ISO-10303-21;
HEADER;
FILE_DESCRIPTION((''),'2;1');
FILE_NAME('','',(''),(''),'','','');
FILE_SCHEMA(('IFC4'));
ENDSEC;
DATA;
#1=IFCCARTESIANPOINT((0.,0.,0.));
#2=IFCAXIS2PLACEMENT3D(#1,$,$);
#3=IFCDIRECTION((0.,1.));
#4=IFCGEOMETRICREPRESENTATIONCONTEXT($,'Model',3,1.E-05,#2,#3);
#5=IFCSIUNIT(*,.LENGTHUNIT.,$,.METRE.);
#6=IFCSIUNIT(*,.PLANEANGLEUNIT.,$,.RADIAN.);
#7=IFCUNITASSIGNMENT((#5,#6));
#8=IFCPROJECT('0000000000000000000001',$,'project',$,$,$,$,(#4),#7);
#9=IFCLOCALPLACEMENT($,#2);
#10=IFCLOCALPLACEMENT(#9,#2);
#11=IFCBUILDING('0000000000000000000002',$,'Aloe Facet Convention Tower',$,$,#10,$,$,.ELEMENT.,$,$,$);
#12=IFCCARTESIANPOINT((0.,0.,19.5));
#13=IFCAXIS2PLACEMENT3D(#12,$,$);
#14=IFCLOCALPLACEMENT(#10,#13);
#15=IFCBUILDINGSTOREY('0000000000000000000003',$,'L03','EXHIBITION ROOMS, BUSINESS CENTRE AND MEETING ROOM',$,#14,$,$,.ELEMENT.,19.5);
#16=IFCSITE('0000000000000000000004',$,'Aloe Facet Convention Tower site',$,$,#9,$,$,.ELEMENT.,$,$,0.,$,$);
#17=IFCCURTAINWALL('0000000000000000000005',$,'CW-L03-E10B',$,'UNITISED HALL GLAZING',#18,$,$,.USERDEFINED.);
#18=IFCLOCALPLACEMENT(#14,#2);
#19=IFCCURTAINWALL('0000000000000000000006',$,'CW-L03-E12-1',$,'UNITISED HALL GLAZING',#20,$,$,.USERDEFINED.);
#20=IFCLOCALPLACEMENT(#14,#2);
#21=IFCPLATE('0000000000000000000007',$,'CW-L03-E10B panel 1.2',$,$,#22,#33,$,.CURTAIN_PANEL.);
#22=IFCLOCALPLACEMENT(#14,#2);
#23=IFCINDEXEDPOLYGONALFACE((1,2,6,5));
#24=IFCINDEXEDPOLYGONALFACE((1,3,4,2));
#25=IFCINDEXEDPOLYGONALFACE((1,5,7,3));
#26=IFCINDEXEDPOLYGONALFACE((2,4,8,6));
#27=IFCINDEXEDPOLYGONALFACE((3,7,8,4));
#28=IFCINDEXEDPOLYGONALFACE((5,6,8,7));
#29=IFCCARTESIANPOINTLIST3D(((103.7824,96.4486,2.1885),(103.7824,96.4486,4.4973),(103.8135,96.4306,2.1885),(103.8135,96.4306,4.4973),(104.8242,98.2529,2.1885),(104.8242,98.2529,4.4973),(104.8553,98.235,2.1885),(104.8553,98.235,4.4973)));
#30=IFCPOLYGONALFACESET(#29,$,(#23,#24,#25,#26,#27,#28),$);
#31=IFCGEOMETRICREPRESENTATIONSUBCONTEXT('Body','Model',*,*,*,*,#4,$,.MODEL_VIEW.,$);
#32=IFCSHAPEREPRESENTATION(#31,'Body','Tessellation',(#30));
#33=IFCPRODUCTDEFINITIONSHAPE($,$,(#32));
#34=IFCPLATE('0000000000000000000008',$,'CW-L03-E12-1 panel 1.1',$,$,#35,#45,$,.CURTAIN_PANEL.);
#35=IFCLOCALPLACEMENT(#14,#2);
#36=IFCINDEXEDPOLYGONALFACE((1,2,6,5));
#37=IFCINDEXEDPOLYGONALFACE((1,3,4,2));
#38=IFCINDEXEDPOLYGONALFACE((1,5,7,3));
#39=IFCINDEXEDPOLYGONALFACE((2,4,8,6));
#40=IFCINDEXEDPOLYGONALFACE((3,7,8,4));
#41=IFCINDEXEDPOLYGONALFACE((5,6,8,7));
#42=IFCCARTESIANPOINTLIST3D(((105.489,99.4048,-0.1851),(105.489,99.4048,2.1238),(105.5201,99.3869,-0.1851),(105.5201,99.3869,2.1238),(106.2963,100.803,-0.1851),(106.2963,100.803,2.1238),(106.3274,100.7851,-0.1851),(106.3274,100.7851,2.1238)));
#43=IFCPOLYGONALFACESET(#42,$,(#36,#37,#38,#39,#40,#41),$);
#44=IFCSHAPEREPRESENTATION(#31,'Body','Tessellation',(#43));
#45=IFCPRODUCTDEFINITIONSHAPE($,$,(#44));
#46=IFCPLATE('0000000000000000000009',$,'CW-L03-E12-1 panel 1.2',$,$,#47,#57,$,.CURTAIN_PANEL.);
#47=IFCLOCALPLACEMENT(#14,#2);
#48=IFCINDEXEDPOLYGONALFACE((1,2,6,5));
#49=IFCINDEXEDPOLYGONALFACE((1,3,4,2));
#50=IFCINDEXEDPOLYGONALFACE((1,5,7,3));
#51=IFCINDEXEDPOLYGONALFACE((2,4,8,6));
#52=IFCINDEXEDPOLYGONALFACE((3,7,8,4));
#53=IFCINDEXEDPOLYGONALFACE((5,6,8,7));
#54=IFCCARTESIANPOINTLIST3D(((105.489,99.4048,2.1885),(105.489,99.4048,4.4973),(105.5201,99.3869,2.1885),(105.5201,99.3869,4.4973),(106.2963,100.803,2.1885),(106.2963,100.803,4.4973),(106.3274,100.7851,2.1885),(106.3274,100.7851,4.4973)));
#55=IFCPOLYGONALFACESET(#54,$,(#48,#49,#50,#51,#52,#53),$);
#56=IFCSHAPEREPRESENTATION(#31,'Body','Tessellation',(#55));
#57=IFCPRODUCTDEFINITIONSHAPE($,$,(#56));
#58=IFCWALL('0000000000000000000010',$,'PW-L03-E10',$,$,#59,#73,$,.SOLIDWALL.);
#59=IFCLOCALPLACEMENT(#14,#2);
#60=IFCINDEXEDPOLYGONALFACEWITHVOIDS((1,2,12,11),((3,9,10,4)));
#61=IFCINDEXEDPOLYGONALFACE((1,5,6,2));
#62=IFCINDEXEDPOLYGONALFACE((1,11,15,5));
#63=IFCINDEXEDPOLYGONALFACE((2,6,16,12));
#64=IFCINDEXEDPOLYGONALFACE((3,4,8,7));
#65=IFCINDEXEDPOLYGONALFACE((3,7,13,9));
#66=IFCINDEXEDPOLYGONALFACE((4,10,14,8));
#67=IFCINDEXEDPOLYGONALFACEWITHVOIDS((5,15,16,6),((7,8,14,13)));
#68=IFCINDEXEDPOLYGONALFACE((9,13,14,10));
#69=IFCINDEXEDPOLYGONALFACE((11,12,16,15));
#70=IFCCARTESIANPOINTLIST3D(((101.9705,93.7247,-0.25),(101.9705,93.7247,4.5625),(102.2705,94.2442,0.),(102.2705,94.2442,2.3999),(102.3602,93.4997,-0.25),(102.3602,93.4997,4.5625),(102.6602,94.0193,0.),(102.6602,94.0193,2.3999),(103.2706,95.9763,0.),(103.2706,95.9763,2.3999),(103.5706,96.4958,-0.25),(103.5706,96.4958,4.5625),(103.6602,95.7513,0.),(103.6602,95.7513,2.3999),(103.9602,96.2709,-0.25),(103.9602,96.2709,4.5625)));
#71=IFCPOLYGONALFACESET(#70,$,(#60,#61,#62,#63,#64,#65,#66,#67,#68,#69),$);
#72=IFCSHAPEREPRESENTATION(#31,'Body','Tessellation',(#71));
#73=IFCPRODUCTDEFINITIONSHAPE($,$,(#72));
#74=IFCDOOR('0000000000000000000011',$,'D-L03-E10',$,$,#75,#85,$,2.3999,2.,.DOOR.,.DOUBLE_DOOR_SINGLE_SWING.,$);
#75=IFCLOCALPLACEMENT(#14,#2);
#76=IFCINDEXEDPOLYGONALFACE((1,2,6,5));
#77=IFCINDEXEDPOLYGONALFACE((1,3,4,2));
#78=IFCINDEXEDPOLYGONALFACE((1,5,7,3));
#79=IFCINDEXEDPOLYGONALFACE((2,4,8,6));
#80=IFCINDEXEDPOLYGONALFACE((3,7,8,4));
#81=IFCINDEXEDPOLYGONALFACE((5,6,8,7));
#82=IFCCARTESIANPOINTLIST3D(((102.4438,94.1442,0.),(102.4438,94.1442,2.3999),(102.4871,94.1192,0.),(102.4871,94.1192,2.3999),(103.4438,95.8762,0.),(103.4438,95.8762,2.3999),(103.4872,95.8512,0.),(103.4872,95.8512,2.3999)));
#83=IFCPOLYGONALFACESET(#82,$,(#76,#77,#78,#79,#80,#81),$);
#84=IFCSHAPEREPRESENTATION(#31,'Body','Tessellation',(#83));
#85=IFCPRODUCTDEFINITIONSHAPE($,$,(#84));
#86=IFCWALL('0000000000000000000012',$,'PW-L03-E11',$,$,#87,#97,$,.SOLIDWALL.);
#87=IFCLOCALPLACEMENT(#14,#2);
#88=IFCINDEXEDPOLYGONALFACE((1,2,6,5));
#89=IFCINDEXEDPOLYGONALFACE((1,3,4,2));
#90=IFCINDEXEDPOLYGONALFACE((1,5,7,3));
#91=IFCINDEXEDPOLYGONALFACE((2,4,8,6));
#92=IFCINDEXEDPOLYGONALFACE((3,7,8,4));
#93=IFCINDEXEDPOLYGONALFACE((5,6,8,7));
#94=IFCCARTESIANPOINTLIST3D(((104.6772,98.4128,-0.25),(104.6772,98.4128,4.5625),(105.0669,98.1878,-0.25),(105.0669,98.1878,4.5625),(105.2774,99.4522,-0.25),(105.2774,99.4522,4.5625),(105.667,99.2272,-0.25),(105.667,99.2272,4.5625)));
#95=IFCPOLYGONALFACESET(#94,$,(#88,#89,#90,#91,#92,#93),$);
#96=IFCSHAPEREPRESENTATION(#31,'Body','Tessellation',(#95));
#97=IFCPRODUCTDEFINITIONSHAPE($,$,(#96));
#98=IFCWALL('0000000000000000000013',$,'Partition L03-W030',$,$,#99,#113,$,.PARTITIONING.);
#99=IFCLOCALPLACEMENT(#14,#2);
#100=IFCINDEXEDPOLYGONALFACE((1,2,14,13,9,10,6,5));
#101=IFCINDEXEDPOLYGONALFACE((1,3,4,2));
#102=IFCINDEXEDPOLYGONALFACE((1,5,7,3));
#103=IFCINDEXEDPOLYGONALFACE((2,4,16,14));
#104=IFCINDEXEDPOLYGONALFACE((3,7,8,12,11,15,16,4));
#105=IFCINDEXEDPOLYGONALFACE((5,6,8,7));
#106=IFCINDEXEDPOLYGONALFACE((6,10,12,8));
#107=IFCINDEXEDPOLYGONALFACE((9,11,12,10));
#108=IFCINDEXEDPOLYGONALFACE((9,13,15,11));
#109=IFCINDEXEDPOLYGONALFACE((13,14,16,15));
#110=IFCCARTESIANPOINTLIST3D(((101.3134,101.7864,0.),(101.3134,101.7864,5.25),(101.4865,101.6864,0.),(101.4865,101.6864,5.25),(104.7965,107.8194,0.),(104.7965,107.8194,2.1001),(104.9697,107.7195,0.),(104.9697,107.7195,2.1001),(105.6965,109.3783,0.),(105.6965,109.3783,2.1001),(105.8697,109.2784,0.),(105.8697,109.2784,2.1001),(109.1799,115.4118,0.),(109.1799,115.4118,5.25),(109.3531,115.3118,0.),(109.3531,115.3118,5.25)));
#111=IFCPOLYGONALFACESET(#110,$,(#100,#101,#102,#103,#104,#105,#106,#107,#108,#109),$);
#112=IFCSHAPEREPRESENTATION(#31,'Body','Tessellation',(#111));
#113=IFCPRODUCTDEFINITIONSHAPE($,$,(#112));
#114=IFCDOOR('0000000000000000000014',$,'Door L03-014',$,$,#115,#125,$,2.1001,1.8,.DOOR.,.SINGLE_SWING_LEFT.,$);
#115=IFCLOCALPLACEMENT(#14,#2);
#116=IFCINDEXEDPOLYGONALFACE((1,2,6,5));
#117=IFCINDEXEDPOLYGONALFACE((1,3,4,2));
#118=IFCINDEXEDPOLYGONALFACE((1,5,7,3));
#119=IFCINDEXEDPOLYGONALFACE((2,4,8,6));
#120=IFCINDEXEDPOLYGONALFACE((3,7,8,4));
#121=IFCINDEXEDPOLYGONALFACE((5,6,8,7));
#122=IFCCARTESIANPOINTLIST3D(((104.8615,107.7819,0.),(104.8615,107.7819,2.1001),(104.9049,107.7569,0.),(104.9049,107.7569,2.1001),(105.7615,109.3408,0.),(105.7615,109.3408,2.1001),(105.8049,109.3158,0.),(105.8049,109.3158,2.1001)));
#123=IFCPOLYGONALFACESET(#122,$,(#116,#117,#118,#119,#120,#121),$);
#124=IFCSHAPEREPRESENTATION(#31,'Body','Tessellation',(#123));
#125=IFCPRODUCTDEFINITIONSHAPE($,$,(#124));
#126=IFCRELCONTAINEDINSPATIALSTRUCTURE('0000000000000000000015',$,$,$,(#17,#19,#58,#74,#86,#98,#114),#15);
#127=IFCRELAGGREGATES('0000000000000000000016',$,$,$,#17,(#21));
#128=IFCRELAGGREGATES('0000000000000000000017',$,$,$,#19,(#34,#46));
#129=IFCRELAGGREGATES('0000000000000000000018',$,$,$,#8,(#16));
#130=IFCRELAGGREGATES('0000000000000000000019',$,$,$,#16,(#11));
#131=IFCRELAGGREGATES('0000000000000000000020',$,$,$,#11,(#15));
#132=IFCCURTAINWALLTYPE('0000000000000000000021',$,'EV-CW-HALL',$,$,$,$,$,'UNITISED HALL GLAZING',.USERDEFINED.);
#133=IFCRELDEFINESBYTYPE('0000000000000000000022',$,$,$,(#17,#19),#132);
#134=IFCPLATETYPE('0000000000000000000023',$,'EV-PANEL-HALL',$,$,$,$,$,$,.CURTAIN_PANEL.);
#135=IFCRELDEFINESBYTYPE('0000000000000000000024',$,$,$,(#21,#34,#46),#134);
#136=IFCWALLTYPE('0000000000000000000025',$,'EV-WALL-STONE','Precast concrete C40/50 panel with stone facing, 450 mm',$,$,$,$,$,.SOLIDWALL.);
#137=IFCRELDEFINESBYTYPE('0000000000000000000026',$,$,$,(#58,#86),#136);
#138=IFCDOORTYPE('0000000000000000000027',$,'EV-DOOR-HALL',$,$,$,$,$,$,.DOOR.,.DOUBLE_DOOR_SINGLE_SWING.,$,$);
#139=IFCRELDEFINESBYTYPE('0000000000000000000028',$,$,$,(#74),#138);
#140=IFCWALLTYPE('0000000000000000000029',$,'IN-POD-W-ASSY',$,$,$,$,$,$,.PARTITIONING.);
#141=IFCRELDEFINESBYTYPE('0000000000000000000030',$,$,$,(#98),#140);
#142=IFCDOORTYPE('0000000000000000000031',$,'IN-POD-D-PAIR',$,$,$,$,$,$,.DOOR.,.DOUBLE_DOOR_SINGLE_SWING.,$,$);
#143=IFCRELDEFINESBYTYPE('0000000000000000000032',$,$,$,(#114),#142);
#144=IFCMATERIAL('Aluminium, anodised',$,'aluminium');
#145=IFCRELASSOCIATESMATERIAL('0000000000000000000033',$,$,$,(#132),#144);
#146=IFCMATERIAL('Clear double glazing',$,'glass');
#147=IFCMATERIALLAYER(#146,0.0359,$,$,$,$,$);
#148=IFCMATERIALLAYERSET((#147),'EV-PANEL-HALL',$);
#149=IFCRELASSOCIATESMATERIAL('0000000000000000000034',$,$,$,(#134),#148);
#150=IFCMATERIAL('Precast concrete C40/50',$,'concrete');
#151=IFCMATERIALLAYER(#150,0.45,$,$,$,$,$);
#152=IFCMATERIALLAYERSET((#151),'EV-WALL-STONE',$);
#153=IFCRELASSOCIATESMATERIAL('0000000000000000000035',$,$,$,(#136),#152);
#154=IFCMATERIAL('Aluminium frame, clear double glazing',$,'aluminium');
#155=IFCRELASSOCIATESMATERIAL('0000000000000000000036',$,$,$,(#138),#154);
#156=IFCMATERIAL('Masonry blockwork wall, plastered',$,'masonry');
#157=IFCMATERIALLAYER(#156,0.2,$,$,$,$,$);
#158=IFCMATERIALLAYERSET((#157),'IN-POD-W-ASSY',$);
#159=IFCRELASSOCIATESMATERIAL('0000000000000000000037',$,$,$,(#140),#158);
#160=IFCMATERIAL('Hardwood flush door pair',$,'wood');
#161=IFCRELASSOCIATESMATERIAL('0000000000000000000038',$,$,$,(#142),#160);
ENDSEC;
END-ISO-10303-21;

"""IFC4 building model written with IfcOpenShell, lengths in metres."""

from ifc_helpers import new_model, si_unit, direction, frame, frame_2d, origin, origin_2d, place, context, subcontext, project, spatial, rectangle, extrude, material, layer, layer_set, type_object, element, fill, aggregate, save


model = new_model("IFC4")

# Units and contexts
model_context = context("Model", 3, precision=1e-05, world=origin(), true_north=direction((0.0, 1.0)))
body_context = subcontext(model_context, "Body", "Model", "MODEL_VIEW")
ifc_project = project(units=[si_unit("LENGTHUNIT", "METRE"), si_unit("PLANEANGLEUNIT", "RADIAN")], contexts=[model_context])

# Site, building, storey
site_placement = place(None, origin())
site = spatial("IfcSite", under=ifc_project, at=site_placement, Name="Aloe Facet Convention Tower site", CompositionType="ELEMENT", RefElevation=0.0)
building_placement = place(site_placement, origin())
building = spatial("IfcBuilding", under=site, at=building_placement, Name="Aloe Facet Convention Tower", CompositionType="ELEMENT")
storey_placement = place(building_placement, frame((0.0, 0.0, 19.5)))
storey = spatial("IfcBuildingStorey", under=building, at=storey_placement, Name="L03", Description="EXHIBITION ROOMS, BUSINESS CENTRE AND MEETING ROOM", CompositionType="ELEMENT", Elevation=19.5)

# Shared definitions
ifc_material_1 = material(Name="Aluminium, anodised", Category="aluminium")
curtain_wall_type = type_object("IfcCurtainWallType", Name="EV-CW-HALL", ElementType="UNITISED HALL GLAZING", PredefinedType="USERDEFINED", material=ifc_material_1)

# Curtain walls
curtain_wall_1_placement = place(storey_placement, origin())
curtain_wall_1 = element("IfcCurtainWall", 1, at=curtain_wall_1_placement, inside=storey, type_object=curtain_wall_type, Name="CW-L03-E10B", ObjectType="UNITISED HALL GLAZING", PredefinedType="USERDEFINED")
curtain_wall_2_placement = place(storey_placement, origin())
curtain_wall_2 = element("IfcCurtainWall", 2, at=curtain_wall_2_placement, inside=storey, type_object=curtain_wall_type, Name="CW-L03-E12-1", ObjectType="UNITISED HALL GLAZING", PredefinedType="USERDEFINED")

# Plates
ifc_material_2 = material(Name="Clear double glazing", Category="glass")
ifc_layer_1 = layer(ifc_material_2, 0.0359)
ifc_layer_set_1 = layer_set([ifc_layer_1], Name="EV-PANEL-HALL")
plate_type = type_object("IfcPlateType", Name="EV-PANEL-HALL", PredefinedType="CURTAIN_PANEL", material=ifc_layer_set_1)
plate_1_placement = place(storey_placement, frame((104.3188, 97.3418, 2.1885), z_axis=(0.0, 0.0, 1.0), x_axis=(0.5, 0.866025, 0.0)))
plate_1 = element("IfcPlate", 3, at=plate_1_placement, type_object=plate_type, Name="CW-L03-E10B panel 1.2", PredefinedType="CURTAIN_PANEL", context=body_context, shape_type="SweptSolid", body=[
    extrude(rectangle(XDim=2.0835, YDim=0.0359, at=origin_2d()), origin(), (0.0, 0.0, 1.0), 2.3088),
])
aggregate(curtain_wall_1, [plate_1])
plate_2_placement = place(storey_placement, frame((105.9082, 100.095, -0.1851), z_axis=(0.0, 0.0, 1.0), x_axis=(0.5, 0.866025, 0.0)))
plate_2 = element("IfcPlate", 4, at=plate_2_placement, type_object=plate_type, Name="CW-L03-E12-1 panel 1.1", PredefinedType="CURTAIN_PANEL", context=body_context, shape_type="SweptSolid", body=[
    extrude(rectangle(XDim=1.6145, YDim=0.0359, at=origin_2d()), origin(), (0.0, 0.0, 1.0), 2.3088),
])
plate_3_placement = place(storey_placement, frame((105.9082, 100.095, 2.1885), z_axis=(0.0, 0.0, 1.0), x_axis=(0.5, 0.866025, 0.0)))
plate_3 = element("IfcPlate", 5, at=plate_3_placement, type_object=plate_type, Name="CW-L03-E12-1 panel 1.2", PredefinedType="CURTAIN_PANEL", context=body_context, shape_type="SweptSolid", body=[
    extrude(rectangle(XDim=1.6145, YDim=0.0359, at=origin_2d()), origin(), (0.0, 0.0, 1.0), 2.3088),
])
aggregate(curtain_wall_2, [plate_2, plate_3])

# Wall, opening, door
ifc_material_3 = material(Name="Precast concrete C40/50", Category="concrete")
ifc_layer_2 = layer(ifc_material_3, 0.45)
ifc_layer_set_2 = layer_set([ifc_layer_2], Name="EV-WALL-STONE")
wall_type_1 = type_object("IfcWallType", Name="EV-WALL-STONE", Description="Precast concrete C40/50 panel with stone facing, 450 mm", PredefinedType="SOLIDWALL", material=ifc_layer_set_2)
wall_1_placement = place(storey_placement, frame((102.1653, 93.6121, -0.25), z_axis=(0.0, 0.0, 1.0), x_axis=(0.500028, 0.866009, 0.0)))
wall_1 = element("IfcWall", 6, at=wall_1_placement, inside=storey, type_object=wall_type_1, Name="PW-L03-E10", PredefinedType="SOLIDWALL", context=body_context, shape_type="SweptSolid", body=[
    extrude(rectangle(XDim=3.2, YDim=0.45, at=frame_2d((1.6001, 0.0))), origin(), (0.0, 0.0, 1.0), 4.8125),
])
opening_1_placement = place(wall_1_placement, frame((0.6001, 0.0, 0.25)))
opening_1 = element("IfcOpeningElement", 7, at=opening_1_placement, cuts=wall_1, PredefinedType="OPENING", context=body_context, shape_type="SweptSolid", body=[
    extrude(rectangle(XDim=2.0, YDim=2.3999, at=frame_2d((1.0, 1.2))), frame((0.0, 0.2349, 0.0), z_axis=(0.0, -1.0, 0.0), x_axis=(1.0, 0.0, 0.0)), (0.0, 0.0, 1.0), 0.47),
])
ifc_material_4 = material(Name="Aluminium frame, clear double glazing", Category="aluminium")
door_type_1 = type_object("IfcDoorType", Name="EV-DOOR-HALL", OperationType="DOUBLE_DOOR_SINGLE_SWING", PredefinedType="DOOR", material=ifc_material_4)
door_1_placement = place(opening_1_placement, origin())
door_1 = element("IfcDoor", 8, at=door_1_placement, inside=storey, type_object=door_type_1, Name="D-L03-E10", OperationType="DOUBLE_DOOR_SINGLE_SWING", OverallHeight=2.3999, OverallWidth=2.0, PredefinedType="DOOR", context=body_context, shape_type="SweptSolid", body=[
    extrude(rectangle(XDim=2.0, YDim=2.3999, at=frame_2d((1.0, 1.2))), frame((0.0, 0.0249, 0.0), z_axis=(0.0, -1.0, 0.0), x_axis=(1.0, 0.0, 0.0)), (0.0, 0.0, 1.0), 0.05),
])
fill(opening_1, door_1)

# Wall
wall_2_placement = place(storey_placement, frame((104.8721, 98.3003, -0.25), z_axis=(0.0, 0.0, 1.0), x_axis=(0.500034, 0.866006, 0.0)))
element("IfcWall", 9, at=wall_2_placement, inside=storey, type_object=wall_type_1, Name="PW-L03-E11", PredefinedType="SOLIDWALL", context=body_context, shape_type="SweptSolid", body=[
    extrude(rectangle(XDim=1.2002, YDim=0.45, at=frame_2d((0.6001, 0.0))), origin(), (0.0, 0.0, 1.0), 4.8125),
])

# Wall, opening, door
ifc_material_5 = material(Name="Masonry blockwork wall, plastered", Category="masonry")
ifc_layer_3 = layer(ifc_material_5, 0.2)
ifc_layer_set_3 = layer_set([ifc_layer_3], Name="IN-POD-W-ASSY")
wall_type_2 = type_object("IfcWallType", Name="IN-POD-W-ASSY", PredefinedType="PARTITIONING", material=ifc_layer_set_3)
wall_3_placement = place(storey_placement, frame((101.3999, 101.7363, 0.0), z_axis=(0.0, 0.0, 1.0), x_axis=(0.499996, 0.866028, 0.0)))
wall_3 = element("IfcWall", 10, at=wall_3_placement, inside=storey, type_object=wall_type_2, Name="Partition L03-W030", PredefinedType="PARTITIONING", context=body_context, shape_type="SweptSolid", body=[
    extrude(rectangle(XDim=15.7332, YDim=0.2, at=frame_2d((7.8667, 0.0))), origin(), (0.0, 0.0, 1.0), 5.25),
])
opening_2_placement = place(wall_3_placement, frame((6.9666, 0.0, 0.0)))
opening_2 = element("IfcOpeningElement", 11, at=opening_2_placement, cuts=wall_3, PredefinedType="OPENING", context=body_context, shape_type="SweptSolid", body=[
    extrude(rectangle(XDim=1.8, YDim=2.1001, at=frame_2d((0.8999, 1.05))), frame((0.0, 0.1099, 0.0), z_axis=(0.0, -1.0, 0.0), x_axis=(1.0, 0.0, 0.0)), (0.0, 0.0, 1.0), 0.22),
])
ifc_material_6 = material(Name="Hardwood flush door pair", Category="wood")
door_type_2 = type_object("IfcDoorType", Name="IN-POD-D-PAIR", OperationType="DOUBLE_DOOR_SINGLE_SWING", PredefinedType="DOOR", material=ifc_material_6)
door_2_placement = place(opening_2_placement, origin())
door_2 = element("IfcDoor", 12, at=door_2_placement, inside=storey, type_object=door_type_2, Name="Door L03-014", OperationType="SINGLE_SWING_LEFT", OverallHeight=2.1001, OverallWidth=1.8, PredefinedType="DOOR", context=body_context, shape_type="SweptSolid", body=[
    extrude(rectangle(XDim=1.8, YDim=2.1001, at=frame_2d((0.8999, 1.05))), frame((0.0, 0.0249, 0.0), z_axis=(0.0, -1.0, 0.0), x_axis=(1.0, 0.0, 0.0)), (0.0, 0.0, 1.0), 0.05),
])
fill(opening_2, door_2)

save(model, "model.ifc")
